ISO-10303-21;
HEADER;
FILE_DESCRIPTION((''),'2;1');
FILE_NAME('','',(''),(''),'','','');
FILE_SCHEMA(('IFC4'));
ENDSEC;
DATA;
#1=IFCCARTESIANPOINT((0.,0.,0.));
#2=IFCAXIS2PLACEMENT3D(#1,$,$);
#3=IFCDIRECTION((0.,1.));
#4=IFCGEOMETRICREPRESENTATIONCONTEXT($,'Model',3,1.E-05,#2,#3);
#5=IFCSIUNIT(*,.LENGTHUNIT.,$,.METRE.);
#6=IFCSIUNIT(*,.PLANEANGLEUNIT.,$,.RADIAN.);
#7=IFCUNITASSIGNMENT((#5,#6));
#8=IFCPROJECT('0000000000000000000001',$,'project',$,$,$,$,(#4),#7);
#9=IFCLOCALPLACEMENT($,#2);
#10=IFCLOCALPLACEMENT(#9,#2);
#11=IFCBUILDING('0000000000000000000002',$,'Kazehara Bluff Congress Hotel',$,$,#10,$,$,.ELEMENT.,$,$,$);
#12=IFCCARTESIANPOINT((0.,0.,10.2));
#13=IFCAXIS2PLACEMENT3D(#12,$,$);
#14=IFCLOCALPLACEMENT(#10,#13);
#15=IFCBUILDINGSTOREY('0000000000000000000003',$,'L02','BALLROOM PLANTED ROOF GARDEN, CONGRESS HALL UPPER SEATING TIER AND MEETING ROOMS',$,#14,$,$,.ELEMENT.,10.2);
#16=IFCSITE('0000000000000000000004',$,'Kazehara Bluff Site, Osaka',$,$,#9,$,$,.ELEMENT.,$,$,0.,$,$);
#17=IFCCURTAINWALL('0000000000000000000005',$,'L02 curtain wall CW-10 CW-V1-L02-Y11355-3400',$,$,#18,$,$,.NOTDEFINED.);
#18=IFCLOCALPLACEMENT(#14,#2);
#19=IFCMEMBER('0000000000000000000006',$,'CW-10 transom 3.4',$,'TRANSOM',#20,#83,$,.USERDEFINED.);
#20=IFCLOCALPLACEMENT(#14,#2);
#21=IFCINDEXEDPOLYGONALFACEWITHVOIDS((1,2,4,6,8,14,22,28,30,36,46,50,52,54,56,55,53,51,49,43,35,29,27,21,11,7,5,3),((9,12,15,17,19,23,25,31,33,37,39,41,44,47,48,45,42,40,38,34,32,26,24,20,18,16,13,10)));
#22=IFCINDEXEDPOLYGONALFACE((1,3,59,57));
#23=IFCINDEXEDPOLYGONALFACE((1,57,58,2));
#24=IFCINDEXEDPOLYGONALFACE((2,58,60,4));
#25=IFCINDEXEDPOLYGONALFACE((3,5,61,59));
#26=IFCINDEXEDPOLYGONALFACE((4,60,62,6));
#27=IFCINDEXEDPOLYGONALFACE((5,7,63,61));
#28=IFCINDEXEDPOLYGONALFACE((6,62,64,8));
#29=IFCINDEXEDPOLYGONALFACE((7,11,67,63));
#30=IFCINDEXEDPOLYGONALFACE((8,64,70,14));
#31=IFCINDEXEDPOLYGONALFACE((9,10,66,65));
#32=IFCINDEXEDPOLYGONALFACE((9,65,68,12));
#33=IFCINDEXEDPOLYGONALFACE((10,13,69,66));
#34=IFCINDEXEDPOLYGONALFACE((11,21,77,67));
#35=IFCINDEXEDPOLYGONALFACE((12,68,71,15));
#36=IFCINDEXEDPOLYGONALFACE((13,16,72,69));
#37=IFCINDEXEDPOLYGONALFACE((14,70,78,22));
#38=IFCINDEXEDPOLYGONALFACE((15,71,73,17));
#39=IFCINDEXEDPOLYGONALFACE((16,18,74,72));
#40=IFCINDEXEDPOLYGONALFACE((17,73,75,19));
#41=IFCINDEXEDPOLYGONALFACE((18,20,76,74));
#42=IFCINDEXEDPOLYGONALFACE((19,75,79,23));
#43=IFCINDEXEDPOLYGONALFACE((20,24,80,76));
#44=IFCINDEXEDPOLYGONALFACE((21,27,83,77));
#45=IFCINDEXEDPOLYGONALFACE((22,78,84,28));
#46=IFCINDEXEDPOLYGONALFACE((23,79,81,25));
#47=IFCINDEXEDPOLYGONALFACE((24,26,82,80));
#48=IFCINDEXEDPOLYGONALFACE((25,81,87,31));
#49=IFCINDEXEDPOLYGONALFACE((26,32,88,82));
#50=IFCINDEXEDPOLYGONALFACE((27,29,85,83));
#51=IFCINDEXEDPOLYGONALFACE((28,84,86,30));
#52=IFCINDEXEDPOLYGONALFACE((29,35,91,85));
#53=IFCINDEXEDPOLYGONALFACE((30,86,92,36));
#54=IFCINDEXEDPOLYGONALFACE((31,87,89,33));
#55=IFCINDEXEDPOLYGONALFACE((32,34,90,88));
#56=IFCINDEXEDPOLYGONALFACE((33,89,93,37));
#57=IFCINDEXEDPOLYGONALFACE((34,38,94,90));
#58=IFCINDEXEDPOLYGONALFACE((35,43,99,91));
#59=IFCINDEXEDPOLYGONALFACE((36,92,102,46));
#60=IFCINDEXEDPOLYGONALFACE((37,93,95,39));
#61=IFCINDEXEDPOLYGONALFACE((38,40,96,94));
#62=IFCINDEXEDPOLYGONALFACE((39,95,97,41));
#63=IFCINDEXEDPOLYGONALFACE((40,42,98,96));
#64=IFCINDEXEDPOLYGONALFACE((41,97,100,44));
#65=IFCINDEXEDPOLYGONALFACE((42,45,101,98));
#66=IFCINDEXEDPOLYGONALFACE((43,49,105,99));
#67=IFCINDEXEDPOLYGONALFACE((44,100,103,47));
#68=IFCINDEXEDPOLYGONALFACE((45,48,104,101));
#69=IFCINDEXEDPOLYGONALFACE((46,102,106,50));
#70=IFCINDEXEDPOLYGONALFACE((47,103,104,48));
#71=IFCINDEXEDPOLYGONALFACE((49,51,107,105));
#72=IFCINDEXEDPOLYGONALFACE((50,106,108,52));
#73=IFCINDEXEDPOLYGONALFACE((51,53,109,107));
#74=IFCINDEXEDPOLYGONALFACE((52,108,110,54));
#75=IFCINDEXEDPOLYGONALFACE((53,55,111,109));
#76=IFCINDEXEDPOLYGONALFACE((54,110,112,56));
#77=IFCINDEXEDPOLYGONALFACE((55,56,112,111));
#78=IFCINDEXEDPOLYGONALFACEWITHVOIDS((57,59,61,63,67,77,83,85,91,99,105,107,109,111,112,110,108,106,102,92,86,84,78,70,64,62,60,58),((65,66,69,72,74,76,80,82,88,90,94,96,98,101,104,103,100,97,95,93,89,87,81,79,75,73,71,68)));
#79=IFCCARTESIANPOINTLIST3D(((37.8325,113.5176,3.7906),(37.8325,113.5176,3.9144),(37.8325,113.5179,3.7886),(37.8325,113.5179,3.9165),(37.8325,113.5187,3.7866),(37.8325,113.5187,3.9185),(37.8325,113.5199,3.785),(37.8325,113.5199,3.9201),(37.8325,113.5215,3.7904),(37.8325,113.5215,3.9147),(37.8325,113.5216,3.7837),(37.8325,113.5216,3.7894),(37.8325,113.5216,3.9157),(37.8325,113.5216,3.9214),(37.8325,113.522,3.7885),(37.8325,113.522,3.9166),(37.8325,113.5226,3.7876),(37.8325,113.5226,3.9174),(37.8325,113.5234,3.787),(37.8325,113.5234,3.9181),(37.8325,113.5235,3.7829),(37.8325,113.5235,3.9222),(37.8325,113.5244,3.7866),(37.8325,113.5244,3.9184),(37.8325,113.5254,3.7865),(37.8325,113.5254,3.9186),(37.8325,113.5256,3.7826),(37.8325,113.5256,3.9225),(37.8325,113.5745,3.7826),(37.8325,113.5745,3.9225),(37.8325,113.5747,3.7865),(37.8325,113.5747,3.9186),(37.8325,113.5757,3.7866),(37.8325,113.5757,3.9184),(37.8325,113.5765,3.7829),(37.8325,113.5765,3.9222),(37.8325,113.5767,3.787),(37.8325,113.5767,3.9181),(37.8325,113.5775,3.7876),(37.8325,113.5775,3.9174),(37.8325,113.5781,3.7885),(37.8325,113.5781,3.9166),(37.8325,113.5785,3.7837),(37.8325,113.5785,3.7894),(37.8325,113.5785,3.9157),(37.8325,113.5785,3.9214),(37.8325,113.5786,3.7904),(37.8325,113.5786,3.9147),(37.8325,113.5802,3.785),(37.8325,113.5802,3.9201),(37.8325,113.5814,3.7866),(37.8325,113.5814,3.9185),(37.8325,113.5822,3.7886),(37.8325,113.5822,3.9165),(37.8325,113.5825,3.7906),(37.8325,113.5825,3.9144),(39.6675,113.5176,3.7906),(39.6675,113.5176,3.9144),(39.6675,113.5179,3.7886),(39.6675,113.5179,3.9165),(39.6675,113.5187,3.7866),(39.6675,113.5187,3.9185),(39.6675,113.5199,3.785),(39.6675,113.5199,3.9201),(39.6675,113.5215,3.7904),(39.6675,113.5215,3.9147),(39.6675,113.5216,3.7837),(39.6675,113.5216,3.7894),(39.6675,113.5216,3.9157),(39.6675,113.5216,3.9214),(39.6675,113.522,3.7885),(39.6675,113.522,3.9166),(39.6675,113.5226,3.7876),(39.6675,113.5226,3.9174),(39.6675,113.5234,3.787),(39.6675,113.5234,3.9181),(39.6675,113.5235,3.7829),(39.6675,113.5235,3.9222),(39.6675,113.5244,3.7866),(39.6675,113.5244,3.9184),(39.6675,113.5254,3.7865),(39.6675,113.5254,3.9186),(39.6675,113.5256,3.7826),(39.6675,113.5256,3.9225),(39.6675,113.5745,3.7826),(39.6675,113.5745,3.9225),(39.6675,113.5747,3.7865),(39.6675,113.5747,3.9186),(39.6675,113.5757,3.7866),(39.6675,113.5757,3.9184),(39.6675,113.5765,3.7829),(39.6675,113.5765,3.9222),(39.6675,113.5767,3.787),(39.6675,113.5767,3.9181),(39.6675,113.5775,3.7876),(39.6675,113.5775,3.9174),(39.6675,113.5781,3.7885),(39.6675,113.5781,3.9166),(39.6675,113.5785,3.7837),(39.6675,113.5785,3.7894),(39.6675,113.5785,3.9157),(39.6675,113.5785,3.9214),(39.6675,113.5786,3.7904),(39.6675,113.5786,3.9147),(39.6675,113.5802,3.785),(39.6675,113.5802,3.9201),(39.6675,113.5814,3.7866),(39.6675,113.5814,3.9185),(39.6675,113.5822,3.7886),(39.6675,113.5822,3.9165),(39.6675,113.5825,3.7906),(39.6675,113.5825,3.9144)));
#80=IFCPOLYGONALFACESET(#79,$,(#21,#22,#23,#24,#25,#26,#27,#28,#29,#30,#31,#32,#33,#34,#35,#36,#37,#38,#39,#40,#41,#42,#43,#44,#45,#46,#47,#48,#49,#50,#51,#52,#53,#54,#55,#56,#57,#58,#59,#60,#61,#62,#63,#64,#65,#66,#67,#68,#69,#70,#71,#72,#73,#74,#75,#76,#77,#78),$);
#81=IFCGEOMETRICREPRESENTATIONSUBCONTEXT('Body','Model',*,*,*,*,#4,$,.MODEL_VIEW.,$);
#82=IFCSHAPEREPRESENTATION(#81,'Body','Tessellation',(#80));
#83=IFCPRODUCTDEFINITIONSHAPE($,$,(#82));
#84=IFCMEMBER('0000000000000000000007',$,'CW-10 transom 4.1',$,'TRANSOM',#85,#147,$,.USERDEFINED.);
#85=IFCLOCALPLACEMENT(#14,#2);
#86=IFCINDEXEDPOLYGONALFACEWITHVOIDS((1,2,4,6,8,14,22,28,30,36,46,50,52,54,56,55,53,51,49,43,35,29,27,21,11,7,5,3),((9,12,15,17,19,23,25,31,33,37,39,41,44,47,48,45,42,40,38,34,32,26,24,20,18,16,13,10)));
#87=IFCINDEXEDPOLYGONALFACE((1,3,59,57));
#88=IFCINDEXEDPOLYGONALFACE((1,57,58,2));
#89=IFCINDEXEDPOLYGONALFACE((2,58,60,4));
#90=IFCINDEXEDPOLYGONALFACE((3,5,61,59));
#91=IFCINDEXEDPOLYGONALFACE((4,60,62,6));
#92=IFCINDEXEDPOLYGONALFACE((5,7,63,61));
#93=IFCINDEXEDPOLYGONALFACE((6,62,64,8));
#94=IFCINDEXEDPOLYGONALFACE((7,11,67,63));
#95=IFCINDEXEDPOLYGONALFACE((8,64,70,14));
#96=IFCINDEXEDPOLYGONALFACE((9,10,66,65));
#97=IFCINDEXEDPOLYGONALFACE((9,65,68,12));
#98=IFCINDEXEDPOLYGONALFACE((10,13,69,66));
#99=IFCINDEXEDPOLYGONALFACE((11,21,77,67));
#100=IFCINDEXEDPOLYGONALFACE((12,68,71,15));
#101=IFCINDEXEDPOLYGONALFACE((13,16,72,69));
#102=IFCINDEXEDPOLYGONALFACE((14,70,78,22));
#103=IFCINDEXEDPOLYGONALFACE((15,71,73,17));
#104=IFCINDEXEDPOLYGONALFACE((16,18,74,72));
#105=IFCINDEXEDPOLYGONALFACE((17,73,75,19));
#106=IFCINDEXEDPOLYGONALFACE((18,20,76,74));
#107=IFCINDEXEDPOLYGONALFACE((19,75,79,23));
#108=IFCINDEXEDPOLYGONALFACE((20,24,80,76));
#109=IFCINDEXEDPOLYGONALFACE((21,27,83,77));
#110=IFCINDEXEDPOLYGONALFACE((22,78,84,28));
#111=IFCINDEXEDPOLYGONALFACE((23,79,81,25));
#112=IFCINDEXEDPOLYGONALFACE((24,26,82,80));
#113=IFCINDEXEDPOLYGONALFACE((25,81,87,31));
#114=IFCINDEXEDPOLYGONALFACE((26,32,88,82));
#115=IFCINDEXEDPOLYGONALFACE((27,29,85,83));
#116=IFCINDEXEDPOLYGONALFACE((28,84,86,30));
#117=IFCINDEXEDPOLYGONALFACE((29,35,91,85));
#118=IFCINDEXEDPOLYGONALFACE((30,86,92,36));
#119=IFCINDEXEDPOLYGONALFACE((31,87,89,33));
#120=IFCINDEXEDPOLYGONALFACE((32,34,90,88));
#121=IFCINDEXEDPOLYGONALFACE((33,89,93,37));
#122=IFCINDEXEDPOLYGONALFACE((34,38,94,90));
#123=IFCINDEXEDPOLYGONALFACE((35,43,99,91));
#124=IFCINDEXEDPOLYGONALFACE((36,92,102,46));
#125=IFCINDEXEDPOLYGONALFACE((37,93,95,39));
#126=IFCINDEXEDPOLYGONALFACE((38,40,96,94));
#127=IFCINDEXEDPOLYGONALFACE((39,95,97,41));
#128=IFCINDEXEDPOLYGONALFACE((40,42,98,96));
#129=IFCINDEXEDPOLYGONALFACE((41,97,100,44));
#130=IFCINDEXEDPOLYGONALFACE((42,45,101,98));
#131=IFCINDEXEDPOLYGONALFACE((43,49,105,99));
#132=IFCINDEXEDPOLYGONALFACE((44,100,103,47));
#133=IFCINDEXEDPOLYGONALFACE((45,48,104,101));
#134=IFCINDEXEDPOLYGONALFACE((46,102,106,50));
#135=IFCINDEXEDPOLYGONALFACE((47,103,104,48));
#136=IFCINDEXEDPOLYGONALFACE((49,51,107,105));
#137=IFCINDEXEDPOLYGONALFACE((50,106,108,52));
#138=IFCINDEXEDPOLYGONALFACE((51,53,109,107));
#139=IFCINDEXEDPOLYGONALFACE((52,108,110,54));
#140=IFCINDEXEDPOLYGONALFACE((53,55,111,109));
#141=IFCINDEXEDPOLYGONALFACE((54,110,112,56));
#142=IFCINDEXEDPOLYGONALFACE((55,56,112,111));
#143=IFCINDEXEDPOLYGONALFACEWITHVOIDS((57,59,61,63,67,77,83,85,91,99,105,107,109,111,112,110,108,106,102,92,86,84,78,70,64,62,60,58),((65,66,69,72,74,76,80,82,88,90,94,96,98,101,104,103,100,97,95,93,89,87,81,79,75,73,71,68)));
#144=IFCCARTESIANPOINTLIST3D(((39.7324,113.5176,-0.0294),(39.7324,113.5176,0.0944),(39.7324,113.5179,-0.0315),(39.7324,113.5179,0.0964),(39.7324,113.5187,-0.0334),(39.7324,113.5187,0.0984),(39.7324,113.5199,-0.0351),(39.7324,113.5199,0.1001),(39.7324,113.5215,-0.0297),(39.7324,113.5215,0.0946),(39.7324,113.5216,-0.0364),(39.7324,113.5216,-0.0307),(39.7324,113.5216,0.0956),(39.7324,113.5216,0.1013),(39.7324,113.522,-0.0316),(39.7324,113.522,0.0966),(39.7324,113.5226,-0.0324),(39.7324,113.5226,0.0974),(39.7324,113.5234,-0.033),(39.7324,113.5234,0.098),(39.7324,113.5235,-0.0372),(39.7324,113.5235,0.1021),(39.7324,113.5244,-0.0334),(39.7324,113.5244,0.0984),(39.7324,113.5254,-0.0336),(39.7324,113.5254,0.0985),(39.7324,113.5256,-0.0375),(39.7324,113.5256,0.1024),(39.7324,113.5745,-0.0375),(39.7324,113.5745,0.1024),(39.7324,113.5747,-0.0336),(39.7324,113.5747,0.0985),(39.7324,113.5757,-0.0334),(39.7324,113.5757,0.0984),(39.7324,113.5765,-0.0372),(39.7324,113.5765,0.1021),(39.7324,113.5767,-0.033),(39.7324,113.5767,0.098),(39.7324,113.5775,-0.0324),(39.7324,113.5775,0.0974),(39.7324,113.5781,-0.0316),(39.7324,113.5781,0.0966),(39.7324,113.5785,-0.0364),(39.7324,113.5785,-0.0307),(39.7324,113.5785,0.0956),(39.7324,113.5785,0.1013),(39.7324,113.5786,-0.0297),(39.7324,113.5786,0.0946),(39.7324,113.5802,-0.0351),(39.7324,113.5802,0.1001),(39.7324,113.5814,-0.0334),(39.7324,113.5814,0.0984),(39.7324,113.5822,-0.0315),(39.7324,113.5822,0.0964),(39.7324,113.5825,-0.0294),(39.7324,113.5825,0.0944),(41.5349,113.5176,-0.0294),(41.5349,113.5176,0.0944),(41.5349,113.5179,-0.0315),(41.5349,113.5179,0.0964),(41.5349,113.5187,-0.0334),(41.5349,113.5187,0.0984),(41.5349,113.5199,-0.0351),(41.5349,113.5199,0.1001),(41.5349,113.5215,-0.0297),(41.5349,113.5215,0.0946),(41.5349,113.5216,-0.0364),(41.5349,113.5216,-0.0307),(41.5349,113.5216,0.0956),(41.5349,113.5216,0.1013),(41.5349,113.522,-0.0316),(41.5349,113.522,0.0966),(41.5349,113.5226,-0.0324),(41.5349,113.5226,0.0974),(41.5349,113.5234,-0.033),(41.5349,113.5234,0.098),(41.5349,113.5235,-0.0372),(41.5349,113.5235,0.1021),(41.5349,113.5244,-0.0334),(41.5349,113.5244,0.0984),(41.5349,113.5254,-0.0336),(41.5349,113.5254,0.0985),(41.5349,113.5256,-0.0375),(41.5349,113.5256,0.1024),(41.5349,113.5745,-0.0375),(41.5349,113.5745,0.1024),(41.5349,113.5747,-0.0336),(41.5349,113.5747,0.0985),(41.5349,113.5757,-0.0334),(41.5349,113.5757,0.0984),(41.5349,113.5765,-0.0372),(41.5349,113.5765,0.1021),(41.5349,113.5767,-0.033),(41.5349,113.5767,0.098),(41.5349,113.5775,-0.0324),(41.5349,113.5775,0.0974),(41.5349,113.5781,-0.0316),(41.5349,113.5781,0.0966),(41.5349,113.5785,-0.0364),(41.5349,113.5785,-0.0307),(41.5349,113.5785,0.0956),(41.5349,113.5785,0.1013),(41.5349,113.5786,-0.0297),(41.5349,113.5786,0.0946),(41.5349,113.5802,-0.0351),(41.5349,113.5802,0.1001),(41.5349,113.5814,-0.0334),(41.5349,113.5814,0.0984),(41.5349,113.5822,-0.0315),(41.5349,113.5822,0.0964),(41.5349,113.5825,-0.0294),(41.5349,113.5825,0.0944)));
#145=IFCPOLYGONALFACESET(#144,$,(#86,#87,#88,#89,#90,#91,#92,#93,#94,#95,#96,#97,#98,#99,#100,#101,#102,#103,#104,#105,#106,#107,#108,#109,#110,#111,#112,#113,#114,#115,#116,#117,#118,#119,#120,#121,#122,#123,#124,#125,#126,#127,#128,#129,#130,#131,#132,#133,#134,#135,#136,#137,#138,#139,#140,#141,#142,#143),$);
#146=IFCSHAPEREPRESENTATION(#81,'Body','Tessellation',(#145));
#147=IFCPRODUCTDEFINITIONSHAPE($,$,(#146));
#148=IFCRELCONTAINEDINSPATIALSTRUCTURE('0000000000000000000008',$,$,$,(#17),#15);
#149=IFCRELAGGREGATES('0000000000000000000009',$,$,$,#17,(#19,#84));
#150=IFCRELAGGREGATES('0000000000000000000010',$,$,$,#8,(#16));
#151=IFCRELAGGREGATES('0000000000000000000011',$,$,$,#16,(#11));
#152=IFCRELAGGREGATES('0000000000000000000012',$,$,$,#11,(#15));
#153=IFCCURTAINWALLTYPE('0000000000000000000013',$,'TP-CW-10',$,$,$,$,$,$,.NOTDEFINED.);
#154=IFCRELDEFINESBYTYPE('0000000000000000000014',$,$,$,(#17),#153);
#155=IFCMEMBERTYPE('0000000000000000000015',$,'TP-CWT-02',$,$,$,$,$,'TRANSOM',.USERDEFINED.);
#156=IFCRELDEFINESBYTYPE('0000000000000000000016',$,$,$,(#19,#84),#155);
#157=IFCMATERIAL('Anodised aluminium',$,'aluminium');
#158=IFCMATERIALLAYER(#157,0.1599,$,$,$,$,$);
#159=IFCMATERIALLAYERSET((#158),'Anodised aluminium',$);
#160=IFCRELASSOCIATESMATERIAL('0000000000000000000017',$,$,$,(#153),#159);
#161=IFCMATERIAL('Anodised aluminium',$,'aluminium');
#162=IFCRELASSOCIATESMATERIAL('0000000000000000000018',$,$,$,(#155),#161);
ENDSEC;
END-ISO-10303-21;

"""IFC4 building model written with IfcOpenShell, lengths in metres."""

from ifc_helpers import new_model, si_unit, direction, frame, origin, origin_2d, place, context, subcontext, project, spatial, hollow_rectangle, extrude, material, layer, layer_set, material_profile, profile_set, type_object, element, aggregate, save


model = new_model("IFC4")

# Units and contexts
model_context = context("Model", 3, precision=1e-05, world=origin(), true_north=direction((0.0, 1.0)))
body_context = subcontext(model_context, "Body", "Model", "MODEL_VIEW")
ifc_project = project(units=[si_unit("LENGTHUNIT", "METRE"), si_unit("PLANEANGLEUNIT", "RADIAN")], contexts=[model_context])

# Site, building, storey
site_placement = place(None, origin())
site = spatial("IfcSite", under=ifc_project, at=site_placement, Name="Kazehara Bluff Site, Osaka", CompositionType="ELEMENT", RefElevation=0.0)
building_placement = place(site_placement, origin())
building = spatial("IfcBuilding", under=site, at=building_placement, Name="Kazehara Bluff Congress Hotel", CompositionType="ELEMENT")
storey_placement = place(building_placement, frame((0.0, 0.0, 10.2)))
storey = spatial("IfcBuildingStorey", under=building, at=storey_placement, Name="L02", Description="BALLROOM PLANTED ROOF GARDEN, CONGRESS HALL UPPER SEATING TIER AND MEETING ROOMS", CompositionType="ELEMENT", Elevation=10.2)

# Curtain wall, members
ifc_material_1 = material(Name="Anodised aluminium", Category="aluminium")
ifc_layer_1 = layer(ifc_material_1, 0.1599)
ifc_layer_set_1 = layer_set([ifc_layer_1], Name="Anodised aluminium")
curtain_wall_type = type_object("IfcCurtainWallType", Name="TP-CW-10", PredefinedType="NOTDEFINED", material=ifc_layer_set_1)
curtain_wall_placement = place(storey_placement, origin())
curtain_wall = element("IfcCurtainWall", 1, at=curtain_wall_placement, inside=storey, type_object=curtain_wall_type, Name="L02 curtain wall CW-10 CW-V1-L02-Y11355-3400", PredefinedType="NOTDEFINED")
ifc_material_2 = material(Name="Anodised aluminium", Category="aluminium")
ifc_material_profile_1 = material_profile(ifc_material_2, hollow_rectangle(XDim=0.0649, YDim=0.1399, WallThickness=0.0039, InnerFilletRadius=0.0039, OuterFilletRadius=0.0081, at=origin_2d()))
ifc_profile_set_1 = profile_set([ifc_material_profile_1], Name="Anodised aluminium")
member_type_1 = type_object("IfcMemberType", Name="TP-CWT-02", ElementType="TRANSOM", PredefinedType="USERDEFINED", material=ifc_profile_set_1)
member_1_placement = place(storey_placement, frame((37.8325, 113.55, 3.8525), z_axis=(1.0, 0.0, 0.0), x_axis=(0.0, 1.0, 0.0)))
member_1 = element("IfcMember", 2, at=member_1_placement, type_object=member_type_1, Name="CW-10 transom 3.4", ObjectType="TRANSOM", PredefinedType="USERDEFINED", context=body_context, shape_type="SweptSolid", body=[
    extrude(hollow_rectangle(XDim=0.0649, YDim=0.1399, WallThickness=0.0039, InnerFilletRadius=0.0039, OuterFilletRadius=0.0081, at=origin_2d()), origin(), (0.0, 0.0, 1.0), 1.835),
])
member_2_placement = place(storey_placement, frame((39.7324, 113.55, 0.0325), z_axis=(1.0, 0.0, 0.0), x_axis=(0.0, 1.0, 0.0)))
member_2 = element("IfcMember", 3, at=member_2_placement, type_object=member_type_1, Name="CW-10 transom 4.1", ObjectType="TRANSOM", PredefinedType="USERDEFINED", context=body_context, shape_type="SweptSolid", body=[
    extrude(hollow_rectangle(XDim=0.0649, YDim=0.1399, WallThickness=0.0039, InnerFilletRadius=0.0039, OuterFilletRadius=0.0081, at=origin_2d()), origin(), (0.0, 0.0, 1.0), 1.8025),
])
aggregate(curtain_wall, [member_1, member_2])

save(model, "model.ifc")
